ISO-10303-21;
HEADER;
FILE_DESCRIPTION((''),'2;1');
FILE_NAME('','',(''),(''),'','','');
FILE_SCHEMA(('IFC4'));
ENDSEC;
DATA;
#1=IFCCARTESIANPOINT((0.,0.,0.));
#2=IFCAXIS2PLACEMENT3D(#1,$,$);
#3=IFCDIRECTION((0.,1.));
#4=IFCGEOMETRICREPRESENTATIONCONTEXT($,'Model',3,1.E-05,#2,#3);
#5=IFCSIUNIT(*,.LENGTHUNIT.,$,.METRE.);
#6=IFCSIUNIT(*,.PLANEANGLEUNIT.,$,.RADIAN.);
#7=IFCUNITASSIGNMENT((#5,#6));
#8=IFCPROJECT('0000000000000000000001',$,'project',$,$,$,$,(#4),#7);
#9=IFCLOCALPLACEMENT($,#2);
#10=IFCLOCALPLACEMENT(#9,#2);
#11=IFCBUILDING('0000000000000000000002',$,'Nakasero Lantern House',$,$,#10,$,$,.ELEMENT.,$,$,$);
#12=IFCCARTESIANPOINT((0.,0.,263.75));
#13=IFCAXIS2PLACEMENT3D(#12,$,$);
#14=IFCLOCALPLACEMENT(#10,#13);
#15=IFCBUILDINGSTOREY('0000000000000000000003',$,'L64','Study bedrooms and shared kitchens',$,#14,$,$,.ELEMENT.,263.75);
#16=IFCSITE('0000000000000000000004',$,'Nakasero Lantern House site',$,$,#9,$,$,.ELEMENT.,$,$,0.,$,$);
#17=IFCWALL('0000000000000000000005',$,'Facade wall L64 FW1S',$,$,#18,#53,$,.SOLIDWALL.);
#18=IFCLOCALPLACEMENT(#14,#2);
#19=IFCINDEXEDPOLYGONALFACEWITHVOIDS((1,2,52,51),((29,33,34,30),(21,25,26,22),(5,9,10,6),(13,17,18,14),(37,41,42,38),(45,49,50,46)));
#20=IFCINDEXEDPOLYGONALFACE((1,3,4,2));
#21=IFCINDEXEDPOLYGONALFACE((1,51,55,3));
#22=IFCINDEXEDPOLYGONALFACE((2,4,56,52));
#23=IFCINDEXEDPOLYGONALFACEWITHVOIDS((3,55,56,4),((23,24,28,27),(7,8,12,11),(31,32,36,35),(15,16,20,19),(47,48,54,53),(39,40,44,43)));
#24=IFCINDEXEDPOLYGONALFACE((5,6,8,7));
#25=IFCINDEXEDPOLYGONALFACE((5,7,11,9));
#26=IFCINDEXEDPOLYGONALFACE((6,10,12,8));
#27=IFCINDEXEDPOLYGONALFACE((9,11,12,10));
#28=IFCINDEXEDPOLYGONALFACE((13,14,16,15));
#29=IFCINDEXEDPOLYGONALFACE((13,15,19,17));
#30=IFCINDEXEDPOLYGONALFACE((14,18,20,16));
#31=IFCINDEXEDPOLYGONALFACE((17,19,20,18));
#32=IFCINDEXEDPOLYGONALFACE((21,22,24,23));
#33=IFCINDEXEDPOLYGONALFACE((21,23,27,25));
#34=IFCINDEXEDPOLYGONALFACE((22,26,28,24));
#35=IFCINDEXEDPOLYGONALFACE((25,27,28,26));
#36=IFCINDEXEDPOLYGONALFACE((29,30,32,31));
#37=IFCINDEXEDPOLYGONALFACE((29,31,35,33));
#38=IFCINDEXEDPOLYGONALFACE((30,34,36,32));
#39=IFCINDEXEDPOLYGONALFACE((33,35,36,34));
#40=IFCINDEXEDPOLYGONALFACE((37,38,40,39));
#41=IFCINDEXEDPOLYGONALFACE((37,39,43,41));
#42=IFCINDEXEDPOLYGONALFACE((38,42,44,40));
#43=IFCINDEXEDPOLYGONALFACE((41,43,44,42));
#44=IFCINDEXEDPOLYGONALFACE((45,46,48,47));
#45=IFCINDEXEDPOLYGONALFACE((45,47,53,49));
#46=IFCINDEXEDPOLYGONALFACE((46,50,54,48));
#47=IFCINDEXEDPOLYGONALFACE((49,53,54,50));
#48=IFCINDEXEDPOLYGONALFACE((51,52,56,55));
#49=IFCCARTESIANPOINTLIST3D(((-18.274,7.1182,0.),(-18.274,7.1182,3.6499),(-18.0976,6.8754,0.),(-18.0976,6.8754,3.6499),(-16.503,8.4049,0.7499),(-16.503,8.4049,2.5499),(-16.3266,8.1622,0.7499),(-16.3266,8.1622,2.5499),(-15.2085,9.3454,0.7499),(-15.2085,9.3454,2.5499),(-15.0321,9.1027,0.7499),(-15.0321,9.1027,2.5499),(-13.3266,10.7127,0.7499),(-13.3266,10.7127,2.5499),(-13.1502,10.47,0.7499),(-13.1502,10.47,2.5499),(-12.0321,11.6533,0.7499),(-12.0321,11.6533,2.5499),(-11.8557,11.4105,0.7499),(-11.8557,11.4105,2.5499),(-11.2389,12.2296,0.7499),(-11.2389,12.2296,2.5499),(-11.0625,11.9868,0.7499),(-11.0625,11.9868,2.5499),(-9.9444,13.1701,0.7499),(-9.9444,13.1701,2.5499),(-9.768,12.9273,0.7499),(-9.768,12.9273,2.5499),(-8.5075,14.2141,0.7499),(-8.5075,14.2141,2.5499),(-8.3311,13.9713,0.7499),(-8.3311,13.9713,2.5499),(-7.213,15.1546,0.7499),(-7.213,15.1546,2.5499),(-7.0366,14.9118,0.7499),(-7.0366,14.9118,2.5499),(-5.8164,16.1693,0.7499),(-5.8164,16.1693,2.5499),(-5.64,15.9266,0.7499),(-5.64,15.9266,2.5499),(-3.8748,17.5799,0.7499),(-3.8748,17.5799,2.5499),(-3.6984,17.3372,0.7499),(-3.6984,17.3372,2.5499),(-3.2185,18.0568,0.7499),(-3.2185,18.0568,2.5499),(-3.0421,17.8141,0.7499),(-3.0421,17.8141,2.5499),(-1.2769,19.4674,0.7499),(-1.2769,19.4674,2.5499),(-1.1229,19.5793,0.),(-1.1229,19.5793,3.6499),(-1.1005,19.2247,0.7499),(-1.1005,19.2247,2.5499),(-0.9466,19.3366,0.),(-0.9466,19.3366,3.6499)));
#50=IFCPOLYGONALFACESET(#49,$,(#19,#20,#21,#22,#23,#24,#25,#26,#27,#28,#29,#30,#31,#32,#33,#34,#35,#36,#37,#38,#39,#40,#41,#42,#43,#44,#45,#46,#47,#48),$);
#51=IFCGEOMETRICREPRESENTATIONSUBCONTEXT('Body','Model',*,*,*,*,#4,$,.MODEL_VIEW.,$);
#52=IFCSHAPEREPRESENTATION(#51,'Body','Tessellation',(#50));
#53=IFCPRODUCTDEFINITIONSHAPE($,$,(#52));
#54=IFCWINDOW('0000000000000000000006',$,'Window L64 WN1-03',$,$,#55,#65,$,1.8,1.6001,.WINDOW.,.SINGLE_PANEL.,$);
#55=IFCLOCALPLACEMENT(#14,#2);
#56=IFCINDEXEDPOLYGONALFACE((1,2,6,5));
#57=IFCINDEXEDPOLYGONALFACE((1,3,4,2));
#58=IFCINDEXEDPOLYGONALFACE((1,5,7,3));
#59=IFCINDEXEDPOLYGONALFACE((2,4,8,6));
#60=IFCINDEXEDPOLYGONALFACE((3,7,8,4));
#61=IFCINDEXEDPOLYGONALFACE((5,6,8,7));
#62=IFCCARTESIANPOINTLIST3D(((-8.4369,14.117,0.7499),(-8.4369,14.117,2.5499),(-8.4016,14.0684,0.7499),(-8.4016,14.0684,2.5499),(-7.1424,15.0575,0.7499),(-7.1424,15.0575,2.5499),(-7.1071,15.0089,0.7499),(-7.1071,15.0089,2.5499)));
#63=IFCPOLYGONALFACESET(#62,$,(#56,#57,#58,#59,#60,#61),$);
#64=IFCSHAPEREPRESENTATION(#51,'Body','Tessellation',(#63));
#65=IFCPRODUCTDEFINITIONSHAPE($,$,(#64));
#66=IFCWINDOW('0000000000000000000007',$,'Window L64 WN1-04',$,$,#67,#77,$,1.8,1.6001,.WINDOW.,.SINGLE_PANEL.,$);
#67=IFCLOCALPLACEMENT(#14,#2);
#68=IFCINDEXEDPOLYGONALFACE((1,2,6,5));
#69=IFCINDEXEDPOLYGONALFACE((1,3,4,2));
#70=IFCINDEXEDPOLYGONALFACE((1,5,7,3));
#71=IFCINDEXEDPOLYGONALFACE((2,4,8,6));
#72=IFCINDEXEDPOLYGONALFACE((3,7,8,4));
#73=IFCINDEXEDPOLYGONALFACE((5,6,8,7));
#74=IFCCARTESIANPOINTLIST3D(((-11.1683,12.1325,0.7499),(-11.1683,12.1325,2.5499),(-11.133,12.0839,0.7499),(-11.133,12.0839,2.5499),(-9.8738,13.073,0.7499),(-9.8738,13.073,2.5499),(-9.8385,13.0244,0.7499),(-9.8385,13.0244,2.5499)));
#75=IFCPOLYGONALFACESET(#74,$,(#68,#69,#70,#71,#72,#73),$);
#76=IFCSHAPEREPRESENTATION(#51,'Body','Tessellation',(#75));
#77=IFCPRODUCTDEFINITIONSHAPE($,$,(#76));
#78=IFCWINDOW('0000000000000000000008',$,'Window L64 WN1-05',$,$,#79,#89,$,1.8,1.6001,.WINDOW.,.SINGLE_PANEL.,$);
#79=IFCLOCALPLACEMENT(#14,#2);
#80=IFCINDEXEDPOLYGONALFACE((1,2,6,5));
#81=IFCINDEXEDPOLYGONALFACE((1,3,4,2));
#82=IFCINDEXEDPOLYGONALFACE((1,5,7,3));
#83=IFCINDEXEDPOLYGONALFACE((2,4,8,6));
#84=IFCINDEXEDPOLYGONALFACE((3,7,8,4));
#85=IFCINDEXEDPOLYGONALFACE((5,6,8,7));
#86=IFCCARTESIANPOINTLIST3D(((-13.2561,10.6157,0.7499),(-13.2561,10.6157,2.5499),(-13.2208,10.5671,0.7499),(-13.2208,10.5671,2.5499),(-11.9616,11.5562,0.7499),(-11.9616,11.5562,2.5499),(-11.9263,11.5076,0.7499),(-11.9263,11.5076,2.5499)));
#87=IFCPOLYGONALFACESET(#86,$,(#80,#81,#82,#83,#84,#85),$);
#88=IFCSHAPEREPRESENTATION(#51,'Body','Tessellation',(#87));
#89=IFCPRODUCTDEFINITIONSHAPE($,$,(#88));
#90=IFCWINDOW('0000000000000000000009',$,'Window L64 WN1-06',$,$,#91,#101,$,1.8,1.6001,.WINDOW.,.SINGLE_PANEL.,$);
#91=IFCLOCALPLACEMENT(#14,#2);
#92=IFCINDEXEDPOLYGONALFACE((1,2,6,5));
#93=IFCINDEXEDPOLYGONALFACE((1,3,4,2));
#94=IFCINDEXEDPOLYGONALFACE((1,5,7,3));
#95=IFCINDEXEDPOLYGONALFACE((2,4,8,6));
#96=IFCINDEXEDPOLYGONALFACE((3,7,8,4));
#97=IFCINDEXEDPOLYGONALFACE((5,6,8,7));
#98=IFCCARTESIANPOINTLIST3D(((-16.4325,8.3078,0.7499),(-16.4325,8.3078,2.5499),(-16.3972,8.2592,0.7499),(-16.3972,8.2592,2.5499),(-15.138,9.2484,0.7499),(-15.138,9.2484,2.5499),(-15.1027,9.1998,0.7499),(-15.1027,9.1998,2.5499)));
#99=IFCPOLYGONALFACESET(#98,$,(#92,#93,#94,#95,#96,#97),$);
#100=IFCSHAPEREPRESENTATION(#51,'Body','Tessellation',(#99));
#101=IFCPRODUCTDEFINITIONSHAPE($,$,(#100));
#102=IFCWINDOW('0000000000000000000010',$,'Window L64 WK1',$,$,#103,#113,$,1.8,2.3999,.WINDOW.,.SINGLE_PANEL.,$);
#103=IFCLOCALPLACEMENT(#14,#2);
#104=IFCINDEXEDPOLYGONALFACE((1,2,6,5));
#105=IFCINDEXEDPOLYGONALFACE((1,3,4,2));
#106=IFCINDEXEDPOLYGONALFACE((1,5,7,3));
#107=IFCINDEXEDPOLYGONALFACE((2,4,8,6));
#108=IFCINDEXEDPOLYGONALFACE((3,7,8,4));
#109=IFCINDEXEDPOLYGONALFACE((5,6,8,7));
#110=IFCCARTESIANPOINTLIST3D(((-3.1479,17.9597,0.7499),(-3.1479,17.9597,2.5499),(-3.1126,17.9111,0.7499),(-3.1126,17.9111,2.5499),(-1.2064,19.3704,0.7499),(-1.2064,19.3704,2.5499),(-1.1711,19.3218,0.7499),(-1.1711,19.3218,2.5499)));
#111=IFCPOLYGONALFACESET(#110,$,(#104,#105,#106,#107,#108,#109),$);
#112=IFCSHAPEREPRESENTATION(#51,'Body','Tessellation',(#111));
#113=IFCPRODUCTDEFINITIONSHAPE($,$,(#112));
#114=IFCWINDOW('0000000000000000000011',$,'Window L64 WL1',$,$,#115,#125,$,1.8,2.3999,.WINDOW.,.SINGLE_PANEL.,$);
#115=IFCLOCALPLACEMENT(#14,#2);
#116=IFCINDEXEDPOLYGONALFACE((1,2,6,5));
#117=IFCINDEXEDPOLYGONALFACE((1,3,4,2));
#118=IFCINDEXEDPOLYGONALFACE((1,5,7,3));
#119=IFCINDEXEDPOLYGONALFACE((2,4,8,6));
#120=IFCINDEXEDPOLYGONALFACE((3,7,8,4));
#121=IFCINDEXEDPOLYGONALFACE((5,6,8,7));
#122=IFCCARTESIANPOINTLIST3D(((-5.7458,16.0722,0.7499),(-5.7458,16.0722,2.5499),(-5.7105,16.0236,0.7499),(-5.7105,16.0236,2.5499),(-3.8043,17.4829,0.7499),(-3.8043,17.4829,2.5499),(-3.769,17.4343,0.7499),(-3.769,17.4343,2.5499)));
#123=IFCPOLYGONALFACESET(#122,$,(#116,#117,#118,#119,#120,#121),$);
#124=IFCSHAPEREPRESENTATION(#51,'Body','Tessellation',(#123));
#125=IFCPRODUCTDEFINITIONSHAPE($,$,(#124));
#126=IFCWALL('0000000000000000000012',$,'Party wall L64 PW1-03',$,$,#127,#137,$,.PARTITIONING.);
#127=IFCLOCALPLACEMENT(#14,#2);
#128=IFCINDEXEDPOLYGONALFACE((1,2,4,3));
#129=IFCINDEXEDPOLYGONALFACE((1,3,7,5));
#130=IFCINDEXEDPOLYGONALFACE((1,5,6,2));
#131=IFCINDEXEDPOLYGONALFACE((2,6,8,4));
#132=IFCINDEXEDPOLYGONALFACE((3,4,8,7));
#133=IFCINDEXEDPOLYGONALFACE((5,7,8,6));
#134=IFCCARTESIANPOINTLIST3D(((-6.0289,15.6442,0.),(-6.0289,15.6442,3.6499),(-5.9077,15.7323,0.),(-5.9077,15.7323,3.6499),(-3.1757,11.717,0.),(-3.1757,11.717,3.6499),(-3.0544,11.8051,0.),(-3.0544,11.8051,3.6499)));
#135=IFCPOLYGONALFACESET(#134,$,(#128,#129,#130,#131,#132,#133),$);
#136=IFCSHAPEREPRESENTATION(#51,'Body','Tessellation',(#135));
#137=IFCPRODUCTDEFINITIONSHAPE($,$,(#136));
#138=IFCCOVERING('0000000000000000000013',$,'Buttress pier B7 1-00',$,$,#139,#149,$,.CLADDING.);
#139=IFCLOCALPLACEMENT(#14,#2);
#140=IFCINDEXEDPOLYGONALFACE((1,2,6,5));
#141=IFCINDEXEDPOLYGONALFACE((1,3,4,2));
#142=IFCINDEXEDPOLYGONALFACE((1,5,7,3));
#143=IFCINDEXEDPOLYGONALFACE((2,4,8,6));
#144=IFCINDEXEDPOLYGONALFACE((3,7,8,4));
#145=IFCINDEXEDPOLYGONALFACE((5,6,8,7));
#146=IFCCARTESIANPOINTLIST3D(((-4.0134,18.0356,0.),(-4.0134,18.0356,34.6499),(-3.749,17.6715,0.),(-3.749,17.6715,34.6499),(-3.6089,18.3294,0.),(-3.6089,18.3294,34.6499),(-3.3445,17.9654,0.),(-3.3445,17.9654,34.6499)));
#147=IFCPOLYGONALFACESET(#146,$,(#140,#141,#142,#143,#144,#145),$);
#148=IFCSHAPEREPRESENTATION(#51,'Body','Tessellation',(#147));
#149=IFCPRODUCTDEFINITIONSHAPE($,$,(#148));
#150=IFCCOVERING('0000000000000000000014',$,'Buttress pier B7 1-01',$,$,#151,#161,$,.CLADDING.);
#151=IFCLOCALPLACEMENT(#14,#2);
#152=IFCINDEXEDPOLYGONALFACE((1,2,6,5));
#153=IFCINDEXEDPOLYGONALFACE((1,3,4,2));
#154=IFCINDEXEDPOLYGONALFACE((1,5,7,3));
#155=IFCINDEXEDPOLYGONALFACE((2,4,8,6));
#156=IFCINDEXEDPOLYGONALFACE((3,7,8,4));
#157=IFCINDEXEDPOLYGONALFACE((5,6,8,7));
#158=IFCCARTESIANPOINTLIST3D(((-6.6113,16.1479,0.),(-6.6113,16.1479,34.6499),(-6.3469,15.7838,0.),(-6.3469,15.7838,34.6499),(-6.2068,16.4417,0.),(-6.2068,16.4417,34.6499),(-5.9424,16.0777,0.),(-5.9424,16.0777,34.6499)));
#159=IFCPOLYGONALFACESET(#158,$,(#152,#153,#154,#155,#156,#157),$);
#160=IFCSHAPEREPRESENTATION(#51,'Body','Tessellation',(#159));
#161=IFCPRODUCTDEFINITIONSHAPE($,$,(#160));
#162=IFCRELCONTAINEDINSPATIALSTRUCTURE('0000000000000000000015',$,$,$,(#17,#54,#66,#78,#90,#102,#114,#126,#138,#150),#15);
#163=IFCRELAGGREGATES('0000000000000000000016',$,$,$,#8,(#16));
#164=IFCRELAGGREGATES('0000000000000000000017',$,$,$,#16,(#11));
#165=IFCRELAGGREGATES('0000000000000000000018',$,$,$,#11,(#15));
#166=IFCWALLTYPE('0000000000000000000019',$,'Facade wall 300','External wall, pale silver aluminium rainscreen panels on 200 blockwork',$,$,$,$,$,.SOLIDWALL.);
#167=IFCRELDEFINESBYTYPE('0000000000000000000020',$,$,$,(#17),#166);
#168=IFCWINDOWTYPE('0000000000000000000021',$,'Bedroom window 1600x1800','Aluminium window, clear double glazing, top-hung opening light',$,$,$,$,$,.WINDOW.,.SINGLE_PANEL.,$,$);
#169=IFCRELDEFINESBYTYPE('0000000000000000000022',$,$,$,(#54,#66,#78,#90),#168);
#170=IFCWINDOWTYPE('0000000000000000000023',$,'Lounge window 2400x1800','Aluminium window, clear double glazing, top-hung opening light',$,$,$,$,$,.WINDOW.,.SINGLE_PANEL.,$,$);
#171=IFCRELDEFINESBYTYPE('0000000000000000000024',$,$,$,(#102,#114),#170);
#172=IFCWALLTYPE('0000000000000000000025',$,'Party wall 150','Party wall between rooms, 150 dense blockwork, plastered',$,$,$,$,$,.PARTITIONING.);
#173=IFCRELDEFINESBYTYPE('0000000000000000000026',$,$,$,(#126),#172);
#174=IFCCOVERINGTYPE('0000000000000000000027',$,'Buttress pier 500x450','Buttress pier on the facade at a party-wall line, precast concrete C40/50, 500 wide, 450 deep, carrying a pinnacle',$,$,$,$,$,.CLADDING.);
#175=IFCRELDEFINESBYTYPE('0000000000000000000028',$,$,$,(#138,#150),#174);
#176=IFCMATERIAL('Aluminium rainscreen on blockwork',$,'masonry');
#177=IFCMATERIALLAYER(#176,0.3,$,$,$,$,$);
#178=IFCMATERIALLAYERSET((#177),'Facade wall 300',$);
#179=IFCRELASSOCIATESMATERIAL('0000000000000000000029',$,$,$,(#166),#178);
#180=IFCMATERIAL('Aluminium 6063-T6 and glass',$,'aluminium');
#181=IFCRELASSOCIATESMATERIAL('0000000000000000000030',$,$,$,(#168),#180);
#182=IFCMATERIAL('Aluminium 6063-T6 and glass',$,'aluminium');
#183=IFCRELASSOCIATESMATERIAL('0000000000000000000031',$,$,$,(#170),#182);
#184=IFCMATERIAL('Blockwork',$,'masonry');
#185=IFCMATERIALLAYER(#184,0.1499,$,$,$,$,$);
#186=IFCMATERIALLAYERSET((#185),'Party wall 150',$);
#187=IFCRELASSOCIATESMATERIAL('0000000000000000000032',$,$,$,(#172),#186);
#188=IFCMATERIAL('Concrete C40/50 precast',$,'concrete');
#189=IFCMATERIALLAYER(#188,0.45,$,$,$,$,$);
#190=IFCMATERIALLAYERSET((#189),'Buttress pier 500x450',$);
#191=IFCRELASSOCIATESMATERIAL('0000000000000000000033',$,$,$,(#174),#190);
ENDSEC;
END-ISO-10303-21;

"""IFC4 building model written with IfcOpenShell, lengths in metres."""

from ifc_helpers import new_model, si_unit, direction, frame, frame_2d, origin, origin_2d, place, context, subcontext, project, spatial, rectangle, extrude, material, layer, layer_set, type_object, element, fill, save


model = new_model("IFC4")

# Units and contexts
model_context = context("Model", 3, precision=1e-05, world=origin(), true_north=direction((0.0, 1.0)))
body_context = subcontext(model_context, "Body", "Model", "MODEL_VIEW")
ifc_project = project(units=[si_unit("LENGTHUNIT", "METRE"), si_unit("PLANEANGLEUNIT", "RADIAN")], contexts=[model_context])

# Site, building, storey
site_placement = place(None, origin())
site = spatial("IfcSite", under=ifc_project, at=site_placement, Name="Nakasero Lantern House site", CompositionType="ELEMENT", RefElevation=0.0)
building_placement = place(site_placement, origin())
building = spatial("IfcBuilding", under=site, at=building_placement, Name="Nakasero Lantern House", CompositionType="ELEMENT")
storey_placement = place(building_placement, frame((0.0, 0.0, 263.75)))
storey = spatial("IfcBuildingStorey", under=building, at=storey_placement, Name="L64", Description="Study bedrooms and shared kitchens", CompositionType="ELEMENT", Elevation=263.75)

# Wall, openings, windows
ifc_material_1 = material(Name="Aluminium rainscreen on blockwork", Category="masonry")
ifc_layer_1 = layer(ifc_material_1, 0.3)
ifc_layer_set_1 = layer_set([ifc_layer_1], Name="Facade wall 300")
wall_type_1 = type_object("IfcWallType", Name="Facade wall 300", Description="External wall, pale silver aluminium rainscreen panels on 200 blockwork", PredefinedType="SOLIDWALL", material=ifc_layer_set_1)
wall_1_placement = place(storey_placement, frame((-1.0347, 19.458, 0.0), z_axis=(0.0, 0.0, 1.0), x_axis=(-0.809013, -0.58779, 0.0)))
wall_1 = element("IfcWall", 1, at=wall_1_placement, inside=storey, type_object=wall_type_1, Name="Facade wall L64 FW1S", PredefinedType="SOLIDWALL", context=body_context, shape_type="SweptSolid", body=[
    extrude(rectangle(XDim=21.2, YDim=0.3, at=frame_2d((10.6001, 0.0))), origin(), (0.0, 0.0, 1.0), 3.6499),
])
opening_1_placement = place(wall_1_placement, frame((7.5278, 0.0, 0.75)))
opening_1 = element("IfcOpeningElement", 2, at=opening_1_placement, cuts=wall_1, PredefinedType="OPENING", context=body_context, shape_type="SweptSolid", body=[
    extrude(rectangle(XDim=1.6001, YDim=1.8, at=frame_2d((0.8, 0.8999))), frame((0.0, 0.1699, 0.0), z_axis=(0.0, -1.0, 0.0), x_axis=(1.0, 0.0, 0.0)), (0.0, 0.0, 1.0), 0.3401),
])
opening_2_placement = place(wall_1_placement, frame((10.9041, 0.0, 0.75)))
opening_2 = element("IfcOpeningElement", 3, at=opening_2_placement, cuts=wall_1, PredefinedType="OPENING", context=body_context, shape_type="SweptSolid", body=[
    extrude(rectangle(XDim=1.6001, YDim=1.8, at=frame_2d((0.8, 0.8999))), frame((0.0, 0.1699, 0.0), z_axis=(0.0, -1.0, 0.0), x_axis=(1.0, 0.0, 0.0)), (0.0, 0.0, 1.0), 0.3401),
])
opening_3_placement = place(wall_1_placement, frame((13.4846, 0.0, 0.75)))
opening_3 = element("IfcOpeningElement", 4, at=opening_3_placement, cuts=wall_1, PredefinedType="OPENING", context=body_context, shape_type="SweptSolid", body=[
    extrude(rectangle(XDim=1.6001, YDim=1.8, at=frame_2d((0.8, 0.8999))), frame((0.0, 0.1699, 0.0), z_axis=(0.0, -1.0, 0.0), x_axis=(1.0, 0.0, 0.0)), (0.0, 0.0, 1.0), 0.3401),
])
opening_4_placement = place(wall_1_placement, frame((17.4109, 0.0, 0.75)))
opening_4 = element("IfcOpeningElement", 5, at=opening_4_placement, cuts=wall_1, PredefinedType="OPENING", context=body_context, shape_type="SweptSolid", body=[
    extrude(rectangle(XDim=1.6001, YDim=1.8, at=frame_2d((0.8, 0.8999))), frame((0.0, 0.1699, 0.0), z_axis=(0.0, -1.0, 0.0), x_axis=(1.0, 0.0, 0.0)), (0.0, 0.0, 1.0), 0.3401),
])
opening_5_placement = place(wall_1_placement, frame((0.1904, 0.0, 0.75)))
opening_5 = element("IfcOpeningElement", 6, at=opening_5_placement, cuts=wall_1, PredefinedType="OPENING", context=body_context, shape_type="SweptSolid", body=[
    extrude(rectangle(XDim=2.3999, YDim=1.8, at=frame_2d((1.2, 0.8999))), frame((0.0, 0.1699, 0.0), z_axis=(0.0, -1.0, 0.0), x_axis=(1.0, 0.0, 0.0)), (0.0, 0.0, 1.0), 0.3401),
])
opening_6_placement = place(wall_1_placement, frame((3.4016, 0.0, 0.75)))
opening_6 = element("IfcOpeningElement", 7, at=opening_6_placement, cuts=wall_1, PredefinedType="OPENING", context=body_context, shape_type="SweptSolid", body=[
    extrude(rectangle(XDim=2.3999, YDim=1.8, at=frame_2d((1.2, 0.8999))), frame((0.0, 0.1699, 0.0), z_axis=(0.0, -1.0, 0.0), x_axis=(1.0, 0.0, 0.0)), (0.0, 0.0, 1.0), 0.3401),
])
ifc_material_2 = material(Name="Aluminium 6063-T6 and glass", Category="aluminium")
window_type_1 = type_object("IfcWindowType", Name="Bedroom window 1600x1800", Description="Aluminium window, clear double glazing, top-hung opening light", PartitioningType="SINGLE_PANEL", PredefinedType="WINDOW", material=ifc_material_2)
window_1_placement = place(opening_1_placement, origin())
window_1 = element("IfcWindow", 8, at=window_1_placement, inside=storey, type_object=window_type_1, Name="Window L64 WN1-03", OverallHeight=1.8, OverallWidth=1.6001, PartitioningType="SINGLE_PANEL", PredefinedType="WINDOW", context=body_context, shape_type="SweptSolid", body=[
    extrude(rectangle(XDim=1.6001, YDim=1.8, at=frame_2d((0.8, 0.8999))), frame((0.0, 0.03, 0.0), z_axis=(0.0, -1.0, 0.0), x_axis=(1.0, 0.0, 0.0)), (0.0, 0.0, 1.0), 0.0601),
])
fill(opening_1, window_1)
window_2_placement = place(opening_2_placement, origin())
window_2 = element("IfcWindow", 9, at=window_2_placement, inside=storey, type_object=window_type_1, Name="Window L64 WN1-04", OverallHeight=1.8, OverallWidth=1.6001, PartitioningType="SINGLE_PANEL", PredefinedType="WINDOW", context=body_context, shape_type="SweptSolid", body=[
    extrude(rectangle(XDim=1.6001, YDim=1.8, at=frame_2d((0.8, 0.8999))), frame((0.0, 0.03, 0.0), z_axis=(0.0, -1.0, 0.0), x_axis=(1.0, 0.0, 0.0)), (0.0, 0.0, 1.0), 0.0601),
])
fill(opening_2, window_2)
window_3_placement = place(opening_3_placement, origin())
window_3 = element("IfcWindow", 10, at=window_3_placement, inside=storey, type_object=window_type_1, Name="Window L64 WN1-05", OverallHeight=1.8, OverallWidth=1.6001, PartitioningType="SINGLE_PANEL", PredefinedType="WINDOW", context=body_context, shape_type="SweptSolid", body=[
    extrude(rectangle(XDim=1.6001, YDim=1.8, at=frame_2d((0.8, 0.8999))), frame((0.0, 0.03, 0.0), z_axis=(0.0, -1.0, 0.0), x_axis=(1.0, 0.0, 0.0)), (0.0, 0.0, 1.0), 0.0601),
])
fill(opening_3, window_3)
window_4_placement = place(opening_4_placement, origin())
window_4 = element("IfcWindow", 11, at=window_4_placement, inside=storey, type_object=window_type_1, Name="Window L64 WN1-06", OverallHeight=1.8, OverallWidth=1.6001, PartitioningType="SINGLE_PANEL", PredefinedType="WINDOW", context=body_context, shape_type="SweptSolid", body=[
    extrude(rectangle(XDim=1.6001, YDim=1.8, at=frame_2d((0.8, 0.8999))), frame((0.0, 0.03, 0.0), z_axis=(0.0, -1.0, 0.0), x_axis=(1.0, 0.0, 0.0)), (0.0, 0.0, 1.0), 0.0601),
])
fill(opening_4, window_4)
ifc_material_3 = material(Name="Aluminium 6063-T6 and glass", Category="aluminium")
window_type_2 = type_object("IfcWindowType", Name="Lounge window 2400x1800", Description="Aluminium window, clear double glazing, top-hung opening light", PartitioningType="SINGLE_PANEL", PredefinedType="WINDOW", material=ifc_material_3)
window_5_placement = place(opening_5_placement, origin())
window_5 = element("IfcWindow", 12, at=window_5_placement, inside=storey, type_object=window_type_2, Name="Window L64 WK1", OverallHeight=1.8, OverallWidth=2.3999, PartitioningType="SINGLE_PANEL", PredefinedType="WINDOW", context=body_context, shape_type="SweptSolid", body=[
    extrude(rectangle(XDim=2.3999, YDim=1.8, at=frame_2d((1.2, 0.8999))), frame((0.0, 0.03, 0.0), z_axis=(0.0, -1.0, 0.0), x_axis=(1.0, 0.0, 0.0)), (0.0, 0.0, 1.0), 0.0601),
])
fill(opening_5, window_5)
window_6_placement = place(opening_6_placement, origin())
window_6 = element("IfcWindow", 13, at=window_6_placement, inside=storey, type_object=window_type_2, Name="Window L64 WL1", OverallHeight=1.8, OverallWidth=2.3999, PartitioningType="SINGLE_PANEL", PredefinedType="WINDOW", context=body_context, shape_type="SweptSolid", body=[
    extrude(rectangle(XDim=2.3999, YDim=1.8, at=frame_2d((1.2, 0.8999))), frame((0.0, 0.03, 0.0), z_axis=(0.0, -1.0, 0.0), x_axis=(1.0, 0.0, 0.0)), (0.0, 0.0, 1.0), 0.0601),
])
fill(opening_6, window_6)

# Wall
ifc_material_4 = material(Name="Blockwork", Category="masonry")
ifc_layer_2 = layer(ifc_material_4, 0.1499)
ifc_layer_set_2 = layer_set([ifc_layer_2], Name="Party wall 150")
wall_type_2 = type_object("IfcWallType", Name="Party wall 150", Description="Party wall between rooms, 150 dense blockwork, plastered", PredefinedType="PARTITIONING", material=ifc_layer_set_2)
wall_2_placement = place(storey_placement, frame((-3.115, 11.761, 0.0), z_axis=(0.0, 0.0, 1.0), x_axis=(-0.58778, 0.809021, 0.0)))
element("IfcWall", 14, at=wall_2_placement, inside=storey, type_object=wall_type_2, Name="Party wall L64 PW1-03", PredefinedType="PARTITIONING", context=body_context, shape_type="SweptSolid", body=[
    extrude(rectangle(XDim=4.8542, YDim=0.1499, at=frame_2d((2.4272, 0.0))), origin(), (0.0, 0.0, 1.0), 3.6499),
])

# Coverings
ifc_material_5 = material(Name="Concrete C40/50 precast", Category="concrete")
ifc_layer_3 = layer(ifc_material_5, 0.45)
ifc_layer_set_3 = layer_set([ifc_layer_3], Name="Buttress pier 500x450")
covering_type = type_object("IfcCoveringType", Name="Buttress pier 500x450", Description="Buttress pier on the facade at a party-wall line, precast concrete C40/50, 500 wide, 450 deep, carrying a pinnacle", PredefinedType="CLADDING", material=ifc_layer_set_3)
for number, where, z_axis, x_axis, name in (
    (15, (-3.679, 18.0005, 0.0), (0.0, 0.0, 1.0), (-0.587785, 0.809017, 0.0), "Buttress pier B7 1-00"),
    (16, (-6.2769, 16.1128, 0.0), (0.0, 0.0, 1.0), (-0.587785, 0.809017, 0.0), "Buttress pier B7 1-01"),
):
    element("IfcCovering", number, at=place(storey_placement, frame(where, z_axis=z_axis, x_axis=x_axis)), inside=storey, type_object=covering_type, Name=name, PredefinedType="CLADDING", context=body_context, shape_type="SweptSolid", body=[
        extrude(rectangle(XDim=0.45, YDim=0.5, at=origin_2d()), origin(), (0.0, 0.0, 1.0), 34.6499),
    ])

save(model, "model.ifc")
